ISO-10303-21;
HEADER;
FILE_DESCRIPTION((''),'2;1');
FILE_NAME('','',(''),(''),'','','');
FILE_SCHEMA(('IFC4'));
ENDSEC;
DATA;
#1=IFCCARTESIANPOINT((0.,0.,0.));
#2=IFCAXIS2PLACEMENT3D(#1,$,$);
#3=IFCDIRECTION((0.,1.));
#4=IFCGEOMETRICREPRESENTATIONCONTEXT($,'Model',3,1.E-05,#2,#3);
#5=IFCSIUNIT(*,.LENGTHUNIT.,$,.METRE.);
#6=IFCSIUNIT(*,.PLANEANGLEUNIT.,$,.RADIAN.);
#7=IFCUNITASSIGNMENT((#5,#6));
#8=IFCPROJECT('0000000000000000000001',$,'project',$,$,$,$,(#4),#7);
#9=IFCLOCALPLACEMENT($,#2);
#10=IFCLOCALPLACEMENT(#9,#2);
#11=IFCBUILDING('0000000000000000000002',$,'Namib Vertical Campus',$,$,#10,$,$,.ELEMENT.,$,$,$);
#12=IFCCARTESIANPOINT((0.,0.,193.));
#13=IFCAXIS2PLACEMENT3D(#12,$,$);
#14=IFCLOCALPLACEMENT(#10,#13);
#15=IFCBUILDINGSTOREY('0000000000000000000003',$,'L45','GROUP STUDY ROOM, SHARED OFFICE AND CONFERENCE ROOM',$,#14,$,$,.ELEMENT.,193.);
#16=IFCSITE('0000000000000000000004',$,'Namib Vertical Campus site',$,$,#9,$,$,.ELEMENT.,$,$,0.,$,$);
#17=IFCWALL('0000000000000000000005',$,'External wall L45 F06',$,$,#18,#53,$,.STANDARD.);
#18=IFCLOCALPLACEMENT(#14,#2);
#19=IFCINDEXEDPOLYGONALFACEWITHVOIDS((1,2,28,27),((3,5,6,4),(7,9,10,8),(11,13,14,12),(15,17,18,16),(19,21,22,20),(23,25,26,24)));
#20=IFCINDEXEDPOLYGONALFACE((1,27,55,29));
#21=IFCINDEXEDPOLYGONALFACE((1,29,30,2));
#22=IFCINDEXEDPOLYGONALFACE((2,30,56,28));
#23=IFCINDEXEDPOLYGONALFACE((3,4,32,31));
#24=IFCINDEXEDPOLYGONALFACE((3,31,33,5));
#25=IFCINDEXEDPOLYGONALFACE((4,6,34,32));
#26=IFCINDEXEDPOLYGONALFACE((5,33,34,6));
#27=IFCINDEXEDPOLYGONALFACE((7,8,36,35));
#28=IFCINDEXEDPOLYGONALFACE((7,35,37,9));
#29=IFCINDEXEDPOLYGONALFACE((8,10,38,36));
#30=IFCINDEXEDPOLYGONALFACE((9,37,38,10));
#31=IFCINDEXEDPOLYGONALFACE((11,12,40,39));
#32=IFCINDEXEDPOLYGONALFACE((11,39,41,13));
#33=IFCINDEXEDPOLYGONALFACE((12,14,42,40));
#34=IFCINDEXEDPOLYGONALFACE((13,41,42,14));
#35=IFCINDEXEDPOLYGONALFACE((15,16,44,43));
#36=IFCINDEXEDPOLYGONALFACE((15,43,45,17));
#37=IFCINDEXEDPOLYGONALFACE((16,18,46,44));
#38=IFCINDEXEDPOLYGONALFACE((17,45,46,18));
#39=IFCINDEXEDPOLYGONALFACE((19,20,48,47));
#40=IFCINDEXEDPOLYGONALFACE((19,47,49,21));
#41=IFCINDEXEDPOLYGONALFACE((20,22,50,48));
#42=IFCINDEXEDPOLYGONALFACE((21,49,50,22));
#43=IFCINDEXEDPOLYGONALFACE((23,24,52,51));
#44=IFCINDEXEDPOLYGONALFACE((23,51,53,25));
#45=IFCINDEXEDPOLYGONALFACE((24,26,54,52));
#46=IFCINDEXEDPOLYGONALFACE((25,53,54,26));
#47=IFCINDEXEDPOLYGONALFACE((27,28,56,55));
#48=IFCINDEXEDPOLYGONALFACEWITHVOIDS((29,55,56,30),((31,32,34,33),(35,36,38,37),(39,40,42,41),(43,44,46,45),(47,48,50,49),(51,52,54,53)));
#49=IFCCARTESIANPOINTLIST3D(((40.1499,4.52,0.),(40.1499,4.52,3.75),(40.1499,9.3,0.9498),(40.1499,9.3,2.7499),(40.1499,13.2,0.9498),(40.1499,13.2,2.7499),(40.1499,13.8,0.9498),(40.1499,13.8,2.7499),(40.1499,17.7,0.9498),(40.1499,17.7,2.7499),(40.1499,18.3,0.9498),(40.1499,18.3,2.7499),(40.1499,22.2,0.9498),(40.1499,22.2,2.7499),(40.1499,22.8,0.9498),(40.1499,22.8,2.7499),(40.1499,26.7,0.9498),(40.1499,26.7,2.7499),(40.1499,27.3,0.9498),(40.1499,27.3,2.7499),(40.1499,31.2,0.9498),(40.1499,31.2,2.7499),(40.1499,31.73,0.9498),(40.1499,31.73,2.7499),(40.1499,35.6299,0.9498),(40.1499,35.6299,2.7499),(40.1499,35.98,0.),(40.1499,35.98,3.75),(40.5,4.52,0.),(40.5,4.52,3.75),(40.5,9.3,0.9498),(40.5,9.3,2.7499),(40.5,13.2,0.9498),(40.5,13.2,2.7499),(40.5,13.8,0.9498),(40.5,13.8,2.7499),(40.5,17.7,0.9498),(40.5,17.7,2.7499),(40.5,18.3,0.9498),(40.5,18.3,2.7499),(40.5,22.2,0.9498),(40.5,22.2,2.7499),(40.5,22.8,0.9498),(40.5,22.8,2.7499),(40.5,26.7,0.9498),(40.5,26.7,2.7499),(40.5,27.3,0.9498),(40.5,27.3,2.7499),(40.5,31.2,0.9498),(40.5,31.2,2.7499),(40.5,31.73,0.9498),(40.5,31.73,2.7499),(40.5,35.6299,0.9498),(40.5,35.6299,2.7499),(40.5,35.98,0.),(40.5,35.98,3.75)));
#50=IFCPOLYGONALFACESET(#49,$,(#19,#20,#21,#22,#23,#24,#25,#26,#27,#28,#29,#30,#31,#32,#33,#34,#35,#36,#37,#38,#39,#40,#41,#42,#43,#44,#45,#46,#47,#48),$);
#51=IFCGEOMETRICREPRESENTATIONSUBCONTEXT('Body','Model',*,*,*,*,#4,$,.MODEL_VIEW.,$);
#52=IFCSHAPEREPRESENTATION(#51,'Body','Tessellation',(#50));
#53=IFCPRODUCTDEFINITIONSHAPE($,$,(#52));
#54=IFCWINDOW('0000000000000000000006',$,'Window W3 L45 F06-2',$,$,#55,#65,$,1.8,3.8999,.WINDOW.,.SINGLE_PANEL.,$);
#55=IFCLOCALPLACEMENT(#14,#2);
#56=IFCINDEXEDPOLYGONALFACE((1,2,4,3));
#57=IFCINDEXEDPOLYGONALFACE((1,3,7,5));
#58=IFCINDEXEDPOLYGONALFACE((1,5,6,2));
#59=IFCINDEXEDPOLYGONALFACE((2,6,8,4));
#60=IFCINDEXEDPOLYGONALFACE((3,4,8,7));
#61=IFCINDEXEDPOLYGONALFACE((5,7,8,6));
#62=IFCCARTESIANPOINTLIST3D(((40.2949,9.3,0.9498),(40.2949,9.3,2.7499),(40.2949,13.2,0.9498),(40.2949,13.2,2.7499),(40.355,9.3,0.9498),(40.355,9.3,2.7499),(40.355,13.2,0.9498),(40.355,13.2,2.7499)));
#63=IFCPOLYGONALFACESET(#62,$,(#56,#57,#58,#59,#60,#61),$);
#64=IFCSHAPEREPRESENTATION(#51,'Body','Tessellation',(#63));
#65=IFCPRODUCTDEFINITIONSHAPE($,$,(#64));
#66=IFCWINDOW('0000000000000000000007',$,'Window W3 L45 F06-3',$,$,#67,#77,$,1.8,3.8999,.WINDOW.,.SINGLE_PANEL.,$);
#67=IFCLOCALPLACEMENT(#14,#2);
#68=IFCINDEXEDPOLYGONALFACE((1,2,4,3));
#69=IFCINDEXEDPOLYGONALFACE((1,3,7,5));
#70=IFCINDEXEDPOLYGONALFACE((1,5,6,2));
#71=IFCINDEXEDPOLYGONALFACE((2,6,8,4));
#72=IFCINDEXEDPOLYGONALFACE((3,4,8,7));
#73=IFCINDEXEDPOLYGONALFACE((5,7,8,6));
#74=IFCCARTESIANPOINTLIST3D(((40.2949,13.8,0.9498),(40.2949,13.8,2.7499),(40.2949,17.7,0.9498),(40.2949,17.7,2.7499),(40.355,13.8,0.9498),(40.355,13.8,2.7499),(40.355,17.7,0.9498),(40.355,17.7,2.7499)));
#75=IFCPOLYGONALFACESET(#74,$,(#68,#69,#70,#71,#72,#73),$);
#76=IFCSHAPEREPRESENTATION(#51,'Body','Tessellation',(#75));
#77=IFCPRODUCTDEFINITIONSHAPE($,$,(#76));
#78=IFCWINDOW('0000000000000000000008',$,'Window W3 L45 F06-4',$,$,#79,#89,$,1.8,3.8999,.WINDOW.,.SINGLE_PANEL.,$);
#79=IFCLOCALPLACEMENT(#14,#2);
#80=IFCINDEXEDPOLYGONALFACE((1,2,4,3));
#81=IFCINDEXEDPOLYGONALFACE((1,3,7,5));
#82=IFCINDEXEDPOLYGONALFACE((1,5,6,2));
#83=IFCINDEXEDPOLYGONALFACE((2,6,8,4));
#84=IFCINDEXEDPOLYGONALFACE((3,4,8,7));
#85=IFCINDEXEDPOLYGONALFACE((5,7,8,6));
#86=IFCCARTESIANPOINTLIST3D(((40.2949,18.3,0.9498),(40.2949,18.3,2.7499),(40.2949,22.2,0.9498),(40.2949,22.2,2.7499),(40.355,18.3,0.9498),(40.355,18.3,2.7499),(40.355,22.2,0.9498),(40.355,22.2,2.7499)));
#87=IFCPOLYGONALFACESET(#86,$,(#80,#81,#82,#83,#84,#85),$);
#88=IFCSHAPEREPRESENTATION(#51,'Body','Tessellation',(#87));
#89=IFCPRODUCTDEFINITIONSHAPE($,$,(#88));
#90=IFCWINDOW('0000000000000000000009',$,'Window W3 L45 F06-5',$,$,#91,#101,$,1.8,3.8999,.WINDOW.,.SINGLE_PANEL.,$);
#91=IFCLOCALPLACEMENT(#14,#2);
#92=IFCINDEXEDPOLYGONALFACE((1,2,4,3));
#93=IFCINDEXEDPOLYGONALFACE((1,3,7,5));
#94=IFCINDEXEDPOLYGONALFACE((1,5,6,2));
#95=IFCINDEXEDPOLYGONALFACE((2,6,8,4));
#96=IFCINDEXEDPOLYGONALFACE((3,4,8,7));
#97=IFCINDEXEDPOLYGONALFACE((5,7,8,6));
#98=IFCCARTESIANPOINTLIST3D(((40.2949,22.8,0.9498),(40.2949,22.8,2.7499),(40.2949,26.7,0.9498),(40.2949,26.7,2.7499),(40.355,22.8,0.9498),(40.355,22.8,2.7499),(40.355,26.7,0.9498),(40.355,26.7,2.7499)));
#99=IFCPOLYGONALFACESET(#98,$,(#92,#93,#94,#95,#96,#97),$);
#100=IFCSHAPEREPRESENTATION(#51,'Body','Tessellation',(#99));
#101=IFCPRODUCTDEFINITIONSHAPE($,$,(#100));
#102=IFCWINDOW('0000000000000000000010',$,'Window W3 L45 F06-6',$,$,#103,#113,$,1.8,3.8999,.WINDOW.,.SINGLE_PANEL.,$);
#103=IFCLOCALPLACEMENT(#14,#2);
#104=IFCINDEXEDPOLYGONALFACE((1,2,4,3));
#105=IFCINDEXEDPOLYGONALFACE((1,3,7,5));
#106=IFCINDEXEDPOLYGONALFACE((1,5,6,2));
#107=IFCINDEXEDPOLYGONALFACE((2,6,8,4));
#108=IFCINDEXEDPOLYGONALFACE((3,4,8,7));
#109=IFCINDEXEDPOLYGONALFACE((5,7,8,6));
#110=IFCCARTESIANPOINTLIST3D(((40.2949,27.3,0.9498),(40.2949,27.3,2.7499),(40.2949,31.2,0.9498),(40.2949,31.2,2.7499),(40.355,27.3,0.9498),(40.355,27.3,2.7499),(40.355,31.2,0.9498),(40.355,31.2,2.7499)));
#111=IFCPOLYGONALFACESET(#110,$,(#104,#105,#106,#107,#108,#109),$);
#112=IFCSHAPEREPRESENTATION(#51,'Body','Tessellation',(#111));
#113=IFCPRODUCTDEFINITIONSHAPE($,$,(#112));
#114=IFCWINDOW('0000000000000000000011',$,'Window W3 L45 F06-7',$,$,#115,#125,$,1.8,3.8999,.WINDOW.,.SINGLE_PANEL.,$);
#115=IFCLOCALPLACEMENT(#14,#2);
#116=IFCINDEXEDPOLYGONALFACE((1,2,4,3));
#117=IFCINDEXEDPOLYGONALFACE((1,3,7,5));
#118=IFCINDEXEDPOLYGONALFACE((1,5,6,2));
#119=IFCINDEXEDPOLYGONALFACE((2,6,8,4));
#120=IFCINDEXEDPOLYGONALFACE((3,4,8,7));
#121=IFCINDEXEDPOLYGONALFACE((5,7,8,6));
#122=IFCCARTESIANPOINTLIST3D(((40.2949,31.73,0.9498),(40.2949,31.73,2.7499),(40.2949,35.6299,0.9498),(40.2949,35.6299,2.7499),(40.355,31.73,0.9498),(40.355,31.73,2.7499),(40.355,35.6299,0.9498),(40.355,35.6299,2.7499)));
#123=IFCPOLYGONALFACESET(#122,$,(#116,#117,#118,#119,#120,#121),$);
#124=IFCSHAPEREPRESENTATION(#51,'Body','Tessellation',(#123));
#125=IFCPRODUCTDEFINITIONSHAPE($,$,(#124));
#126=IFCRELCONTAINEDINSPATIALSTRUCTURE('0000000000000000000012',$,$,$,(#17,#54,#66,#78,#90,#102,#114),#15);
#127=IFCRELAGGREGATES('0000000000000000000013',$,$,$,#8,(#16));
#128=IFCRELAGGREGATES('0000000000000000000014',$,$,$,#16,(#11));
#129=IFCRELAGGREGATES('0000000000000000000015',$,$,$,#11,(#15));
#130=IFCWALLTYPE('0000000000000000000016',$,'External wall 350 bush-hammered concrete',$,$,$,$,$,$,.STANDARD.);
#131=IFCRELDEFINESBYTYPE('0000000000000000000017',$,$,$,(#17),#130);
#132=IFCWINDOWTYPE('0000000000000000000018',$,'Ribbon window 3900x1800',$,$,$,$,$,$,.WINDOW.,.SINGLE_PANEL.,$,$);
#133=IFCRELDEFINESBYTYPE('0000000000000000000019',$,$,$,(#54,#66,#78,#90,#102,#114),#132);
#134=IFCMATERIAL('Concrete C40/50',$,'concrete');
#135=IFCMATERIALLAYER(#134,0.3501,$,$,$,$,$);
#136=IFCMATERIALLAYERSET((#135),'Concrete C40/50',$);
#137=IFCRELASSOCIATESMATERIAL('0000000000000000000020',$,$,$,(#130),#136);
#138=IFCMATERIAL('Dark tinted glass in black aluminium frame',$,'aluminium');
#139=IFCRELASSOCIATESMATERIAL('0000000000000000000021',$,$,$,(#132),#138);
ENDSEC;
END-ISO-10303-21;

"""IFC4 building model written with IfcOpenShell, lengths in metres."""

from ifc_helpers import new_model, si_unit, direction, frame, frame_2d, origin, place, context, subcontext, project, spatial, rectangle, extrude, material, layer, layer_set, type_object, element, fill, save


model = new_model("IFC4")

# Units and contexts
model_context = context("Model", 3, precision=1e-05, world=origin(), true_north=direction((0.0, 1.0)))
body_context = subcontext(model_context, "Body", "Model", "MODEL_VIEW")
ifc_project = project(units=[si_unit("LENGTHUNIT", "METRE"), si_unit("PLANEANGLEUNIT", "RADIAN")], contexts=[model_context])

# Site, building, storey
site_placement = place(None, origin())
site = spatial("IfcSite", under=ifc_project, at=site_placement, Name="Namib Vertical Campus site", CompositionType="ELEMENT", RefElevation=0.0)
building_placement = place(site_placement, origin())
building = spatial("IfcBuilding", under=site, at=building_placement, Name="Namib Vertical Campus", CompositionType="ELEMENT")
storey_placement = place(building_placement, frame((0.0, 0.0, 193.0)))
storey = spatial("IfcBuildingStorey", under=building, at=storey_placement, Name="L45", Description="GROUP STUDY ROOM, SHARED OFFICE AND CONFERENCE ROOM", CompositionType="ELEMENT", Elevation=193.0)

# Wall, openings, windows
ifc_material_1 = material(Name="Concrete C40/50", Category="concrete")
ifc_layer_1 = layer(ifc_material_1, 0.3501)
ifc_layer_set_1 = layer_set([ifc_layer_1], Name="Concrete C40/50")
wall_type_1 = type_object("IfcWallType", Name="External wall 350 bush-hammered concrete", PredefinedType="STANDARD", material=ifc_layer_set_1)
wall_1_placement = place(storey_placement, frame((40.325, 4.52, 0.0), z_axis=(0.0, 0.0, 1.0), x_axis=(0.0, 1.0, 0.0)))
wall_1 = element("IfcWall", 1, at=wall_1_placement, inside=storey, type_object=wall_type_1, Name="External wall L45 F06", PredefinedType="STANDARD", context=body_context, shape_type="SweptSolid", body=[
    extrude(rectangle(XDim=31.46, YDim=0.3501, at=frame_2d((15.73, 0.0))), origin(), (0.0, 0.0, 1.0), 3.75),
])
opening_1_placement = place(wall_1_placement, frame((4.78, 0.0, 0.95)))
opening_1 = element("IfcOpeningElement", 2, at=opening_1_placement, cuts=wall_1, PredefinedType="OPENING", context=body_context, shape_type="SweptSolid", body=[
    extrude(rectangle(XDim=3.8999, YDim=1.8, at=frame_2d((1.95, 0.8999))), frame((0.0, 0.1851, 0.0), z_axis=(0.0, -1.0, 0.0), x_axis=(1.0, 0.0, 0.0)), (0.0, 0.0, 1.0), 0.3701),
])
opening_2_placement = place(wall_1_placement, frame((9.28, 0.0, 0.95)))
opening_2 = element("IfcOpeningElement", 3, at=opening_2_placement, cuts=wall_1, PredefinedType="OPENING", context=body_context, shape_type="SweptSolid", body=[
    extrude(rectangle(XDim=3.8999, YDim=1.8, at=frame_2d((1.95, 0.8999))), frame((0.0, 0.1851, 0.0), z_axis=(0.0, -1.0, 0.0), x_axis=(1.0, 0.0, 0.0)), (0.0, 0.0, 1.0), 0.3701),
])
opening_3_placement = place(wall_1_placement, frame((13.78, 0.0, 0.95)))
opening_3 = element("IfcOpeningElement", 4, at=opening_3_placement, cuts=wall_1, PredefinedType="OPENING", context=body_context, shape_type="SweptSolid", body=[
    extrude(rectangle(XDim=3.8999, YDim=1.8, at=frame_2d((1.95, 0.8999))), frame((0.0, 0.1851, 0.0), z_axis=(0.0, -1.0, 0.0), x_axis=(1.0, 0.0, 0.0)), (0.0, 0.0, 1.0), 0.3701),
])
opening_4_placement = place(wall_1_placement, frame((18.28, 0.0, 0.95)))
opening_4 = element("IfcOpeningElement", 5, at=opening_4_placement, cuts=wall_1, PredefinedType="OPENING", context=body_context, shape_type="SweptSolid", body=[
    extrude(rectangle(XDim=3.8999, YDim=1.8, at=frame_2d((1.95, 0.8999))), frame((0.0, 0.1851, 0.0), z_axis=(0.0, -1.0, 0.0), x_axis=(1.0, 0.0, 0.0)), (0.0, 0.0, 1.0), 0.3701),
])
opening_5_placement = place(wall_1_placement, frame((22.78, 0.0, 0.95)))
opening_5 = element("IfcOpeningElement", 6, at=opening_5_placement, cuts=wall_1, PredefinedType="OPENING", context=body_context, shape_type="SweptSolid", body=[
    extrude(rectangle(XDim=3.8999, YDim=1.8, at=frame_2d((1.95, 0.8999))), frame((0.0, 0.1851, 0.0), z_axis=(0.0, -1.0, 0.0), x_axis=(1.0, 0.0, 0.0)), (0.0, 0.0, 1.0), 0.3701),
])
opening_6_placement = place(wall_1_placement, frame((27.21, 0.0, 0.95)))
opening_6 = element("IfcOpeningElement", 7, at=opening_6_placement, cuts=wall_1, PredefinedType="OPENING", context=body_context, shape_type="SweptSolid", body=[
    extrude(rectangle(XDim=3.8999, YDim=1.8, at=frame_2d((1.95, 0.8999))), frame((0.0, 0.1851, 0.0), z_axis=(0.0, -1.0, 0.0), x_axis=(1.0, 0.0, 0.0)), (0.0, 0.0, 1.0), 0.3701),
])
ifc_material_2 = material(Name="Dark tinted glass in black aluminium frame", Category="aluminium")
window_type = type_object("IfcWindowType", Name="Ribbon window 3900x1800", PartitioningType="SINGLE_PANEL", PredefinedType="WINDOW", material=ifc_material_2)
window_1_placement = place(opening_1_placement, origin())
window_1 = element("IfcWindow", 8, at=window_1_placement, inside=storey, type_object=window_type, Name="Window W3 L45 F06-2", OverallHeight=1.8, OverallWidth=3.8999, PartitioningType="SINGLE_PANEL", PredefinedType="WINDOW", context=body_context, shape_type="SweptSolid", body=[
    extrude(rectangle(XDim=3.8999, YDim=1.8, at=frame_2d((1.95, 0.8999))), frame((0.0, 0.03, 0.0), z_axis=(0.0, -1.0, 0.0), x_axis=(1.0, 0.0, 0.0)), (0.0, 0.0, 1.0), 0.0601),
])
fill(opening_1, window_1)
window_2_placement = place(opening_2_placement, origin())
window_2 = element("IfcWindow", 9, at=window_2_placement, inside=storey, type_object=window_type, Name="Window W3 L45 F06-3", OverallHeight=1.8, OverallWidth=3.8999, PartitioningType="SINGLE_PANEL", PredefinedType="WINDOW", context=body_context, shape_type="SweptSolid", body=[
    extrude(rectangle(XDim=3.8999, YDim=1.8, at=frame_2d((1.95, 0.8999))), frame((0.0, 0.03, 0.0), z_axis=(0.0, -1.0, 0.0), x_axis=(1.0, 0.0, 0.0)), (0.0, 0.0, 1.0), 0.0601),
])
fill(opening_2, window_2)
window_3_placement = place(opening_3_placement, origin())
window_3 = element("IfcWindow", 10, at=window_3_placement, inside=storey, type_object=window_type, Name="Window W3 L45 F06-4", OverallHeight=1.8, OverallWidth=3.8999, PartitioningType="SINGLE_PANEL", PredefinedType="WINDOW", context=body_context, shape_type="SweptSolid", body=[
    extrude(rectangle(XDim=3.8999, YDim=1.8, at=frame_2d((1.95, 0.8999))), frame((0.0, 0.03, 0.0), z_axis=(0.0, -1.0, 0.0), x_axis=(1.0, 0.0, 0.0)), (0.0, 0.0, 1.0), 0.0601),
])
fill(opening_3, window_3)
window_4_placement = place(opening_4_placement, origin())
window_4 = element("IfcWindow", 11, at=window_4_placement, inside=storey, type_object=window_type, Name="Window W3 L45 F06-5", OverallHeight=1.8, OverallWidth=3.8999, PartitioningType="SINGLE_PANEL", PredefinedType="WINDOW", context=body_context, shape_type="SweptSolid", body=[
    extrude(rectangle(XDim=3.8999, YDim=1.8, at=frame_2d((1.95, 0.8999))), frame((0.0, 0.03, 0.0), z_axis=(0.0, -1.0, 0.0), x_axis=(1.0, 0.0, 0.0)), (0.0, 0.0, 1.0), 0.0601),
])
fill(opening_4, window_4)
window_5_placement = place(opening_5_placement, origin())
window_5 = element("IfcWindow", 12, at=window_5_placement, inside=storey, type_object=window_type, Name="Window W3 L45 F06-6", OverallHeight=1.8, OverallWidth=3.8999, PartitioningType="SINGLE_PANEL", PredefinedType="WINDOW", context=body_context, shape_type="SweptSolid", body=[
    extrude(rectangle(XDim=3.8999, YDim=1.8, at=frame_2d((1.95, 0.8999))), frame((0.0, 0.03, 0.0), z_axis=(0.0, -1.0, 0.0), x_axis=(1.0, 0.0, 0.0)), (0.0, 0.0, 1.0), 0.0601),
])
fill(opening_5, window_5)
window_6_placement = place(opening_6_placement, origin())
window_6 = element("IfcWindow", 13, at=window_6_placement, inside=storey, type_object=window_type, Name="Window W3 L45 F06-7", OverallHeight=1.8, OverallWidth=3.8999, PartitioningType="SINGLE_PANEL", PredefinedType="WINDOW", context=body_context, shape_type="SweptSolid", body=[
    extrude(rectangle(XDim=3.8999, YDim=1.8, at=frame_2d((1.95, 0.8999))), frame((0.0, 0.03, 0.0), z_axis=(0.0, -1.0, 0.0), x_axis=(1.0, 0.0, 0.0)), (0.0, 0.0, 1.0), 0.0601),
])
fill(opening_6, window_6)

save(model, "model.ifc")
